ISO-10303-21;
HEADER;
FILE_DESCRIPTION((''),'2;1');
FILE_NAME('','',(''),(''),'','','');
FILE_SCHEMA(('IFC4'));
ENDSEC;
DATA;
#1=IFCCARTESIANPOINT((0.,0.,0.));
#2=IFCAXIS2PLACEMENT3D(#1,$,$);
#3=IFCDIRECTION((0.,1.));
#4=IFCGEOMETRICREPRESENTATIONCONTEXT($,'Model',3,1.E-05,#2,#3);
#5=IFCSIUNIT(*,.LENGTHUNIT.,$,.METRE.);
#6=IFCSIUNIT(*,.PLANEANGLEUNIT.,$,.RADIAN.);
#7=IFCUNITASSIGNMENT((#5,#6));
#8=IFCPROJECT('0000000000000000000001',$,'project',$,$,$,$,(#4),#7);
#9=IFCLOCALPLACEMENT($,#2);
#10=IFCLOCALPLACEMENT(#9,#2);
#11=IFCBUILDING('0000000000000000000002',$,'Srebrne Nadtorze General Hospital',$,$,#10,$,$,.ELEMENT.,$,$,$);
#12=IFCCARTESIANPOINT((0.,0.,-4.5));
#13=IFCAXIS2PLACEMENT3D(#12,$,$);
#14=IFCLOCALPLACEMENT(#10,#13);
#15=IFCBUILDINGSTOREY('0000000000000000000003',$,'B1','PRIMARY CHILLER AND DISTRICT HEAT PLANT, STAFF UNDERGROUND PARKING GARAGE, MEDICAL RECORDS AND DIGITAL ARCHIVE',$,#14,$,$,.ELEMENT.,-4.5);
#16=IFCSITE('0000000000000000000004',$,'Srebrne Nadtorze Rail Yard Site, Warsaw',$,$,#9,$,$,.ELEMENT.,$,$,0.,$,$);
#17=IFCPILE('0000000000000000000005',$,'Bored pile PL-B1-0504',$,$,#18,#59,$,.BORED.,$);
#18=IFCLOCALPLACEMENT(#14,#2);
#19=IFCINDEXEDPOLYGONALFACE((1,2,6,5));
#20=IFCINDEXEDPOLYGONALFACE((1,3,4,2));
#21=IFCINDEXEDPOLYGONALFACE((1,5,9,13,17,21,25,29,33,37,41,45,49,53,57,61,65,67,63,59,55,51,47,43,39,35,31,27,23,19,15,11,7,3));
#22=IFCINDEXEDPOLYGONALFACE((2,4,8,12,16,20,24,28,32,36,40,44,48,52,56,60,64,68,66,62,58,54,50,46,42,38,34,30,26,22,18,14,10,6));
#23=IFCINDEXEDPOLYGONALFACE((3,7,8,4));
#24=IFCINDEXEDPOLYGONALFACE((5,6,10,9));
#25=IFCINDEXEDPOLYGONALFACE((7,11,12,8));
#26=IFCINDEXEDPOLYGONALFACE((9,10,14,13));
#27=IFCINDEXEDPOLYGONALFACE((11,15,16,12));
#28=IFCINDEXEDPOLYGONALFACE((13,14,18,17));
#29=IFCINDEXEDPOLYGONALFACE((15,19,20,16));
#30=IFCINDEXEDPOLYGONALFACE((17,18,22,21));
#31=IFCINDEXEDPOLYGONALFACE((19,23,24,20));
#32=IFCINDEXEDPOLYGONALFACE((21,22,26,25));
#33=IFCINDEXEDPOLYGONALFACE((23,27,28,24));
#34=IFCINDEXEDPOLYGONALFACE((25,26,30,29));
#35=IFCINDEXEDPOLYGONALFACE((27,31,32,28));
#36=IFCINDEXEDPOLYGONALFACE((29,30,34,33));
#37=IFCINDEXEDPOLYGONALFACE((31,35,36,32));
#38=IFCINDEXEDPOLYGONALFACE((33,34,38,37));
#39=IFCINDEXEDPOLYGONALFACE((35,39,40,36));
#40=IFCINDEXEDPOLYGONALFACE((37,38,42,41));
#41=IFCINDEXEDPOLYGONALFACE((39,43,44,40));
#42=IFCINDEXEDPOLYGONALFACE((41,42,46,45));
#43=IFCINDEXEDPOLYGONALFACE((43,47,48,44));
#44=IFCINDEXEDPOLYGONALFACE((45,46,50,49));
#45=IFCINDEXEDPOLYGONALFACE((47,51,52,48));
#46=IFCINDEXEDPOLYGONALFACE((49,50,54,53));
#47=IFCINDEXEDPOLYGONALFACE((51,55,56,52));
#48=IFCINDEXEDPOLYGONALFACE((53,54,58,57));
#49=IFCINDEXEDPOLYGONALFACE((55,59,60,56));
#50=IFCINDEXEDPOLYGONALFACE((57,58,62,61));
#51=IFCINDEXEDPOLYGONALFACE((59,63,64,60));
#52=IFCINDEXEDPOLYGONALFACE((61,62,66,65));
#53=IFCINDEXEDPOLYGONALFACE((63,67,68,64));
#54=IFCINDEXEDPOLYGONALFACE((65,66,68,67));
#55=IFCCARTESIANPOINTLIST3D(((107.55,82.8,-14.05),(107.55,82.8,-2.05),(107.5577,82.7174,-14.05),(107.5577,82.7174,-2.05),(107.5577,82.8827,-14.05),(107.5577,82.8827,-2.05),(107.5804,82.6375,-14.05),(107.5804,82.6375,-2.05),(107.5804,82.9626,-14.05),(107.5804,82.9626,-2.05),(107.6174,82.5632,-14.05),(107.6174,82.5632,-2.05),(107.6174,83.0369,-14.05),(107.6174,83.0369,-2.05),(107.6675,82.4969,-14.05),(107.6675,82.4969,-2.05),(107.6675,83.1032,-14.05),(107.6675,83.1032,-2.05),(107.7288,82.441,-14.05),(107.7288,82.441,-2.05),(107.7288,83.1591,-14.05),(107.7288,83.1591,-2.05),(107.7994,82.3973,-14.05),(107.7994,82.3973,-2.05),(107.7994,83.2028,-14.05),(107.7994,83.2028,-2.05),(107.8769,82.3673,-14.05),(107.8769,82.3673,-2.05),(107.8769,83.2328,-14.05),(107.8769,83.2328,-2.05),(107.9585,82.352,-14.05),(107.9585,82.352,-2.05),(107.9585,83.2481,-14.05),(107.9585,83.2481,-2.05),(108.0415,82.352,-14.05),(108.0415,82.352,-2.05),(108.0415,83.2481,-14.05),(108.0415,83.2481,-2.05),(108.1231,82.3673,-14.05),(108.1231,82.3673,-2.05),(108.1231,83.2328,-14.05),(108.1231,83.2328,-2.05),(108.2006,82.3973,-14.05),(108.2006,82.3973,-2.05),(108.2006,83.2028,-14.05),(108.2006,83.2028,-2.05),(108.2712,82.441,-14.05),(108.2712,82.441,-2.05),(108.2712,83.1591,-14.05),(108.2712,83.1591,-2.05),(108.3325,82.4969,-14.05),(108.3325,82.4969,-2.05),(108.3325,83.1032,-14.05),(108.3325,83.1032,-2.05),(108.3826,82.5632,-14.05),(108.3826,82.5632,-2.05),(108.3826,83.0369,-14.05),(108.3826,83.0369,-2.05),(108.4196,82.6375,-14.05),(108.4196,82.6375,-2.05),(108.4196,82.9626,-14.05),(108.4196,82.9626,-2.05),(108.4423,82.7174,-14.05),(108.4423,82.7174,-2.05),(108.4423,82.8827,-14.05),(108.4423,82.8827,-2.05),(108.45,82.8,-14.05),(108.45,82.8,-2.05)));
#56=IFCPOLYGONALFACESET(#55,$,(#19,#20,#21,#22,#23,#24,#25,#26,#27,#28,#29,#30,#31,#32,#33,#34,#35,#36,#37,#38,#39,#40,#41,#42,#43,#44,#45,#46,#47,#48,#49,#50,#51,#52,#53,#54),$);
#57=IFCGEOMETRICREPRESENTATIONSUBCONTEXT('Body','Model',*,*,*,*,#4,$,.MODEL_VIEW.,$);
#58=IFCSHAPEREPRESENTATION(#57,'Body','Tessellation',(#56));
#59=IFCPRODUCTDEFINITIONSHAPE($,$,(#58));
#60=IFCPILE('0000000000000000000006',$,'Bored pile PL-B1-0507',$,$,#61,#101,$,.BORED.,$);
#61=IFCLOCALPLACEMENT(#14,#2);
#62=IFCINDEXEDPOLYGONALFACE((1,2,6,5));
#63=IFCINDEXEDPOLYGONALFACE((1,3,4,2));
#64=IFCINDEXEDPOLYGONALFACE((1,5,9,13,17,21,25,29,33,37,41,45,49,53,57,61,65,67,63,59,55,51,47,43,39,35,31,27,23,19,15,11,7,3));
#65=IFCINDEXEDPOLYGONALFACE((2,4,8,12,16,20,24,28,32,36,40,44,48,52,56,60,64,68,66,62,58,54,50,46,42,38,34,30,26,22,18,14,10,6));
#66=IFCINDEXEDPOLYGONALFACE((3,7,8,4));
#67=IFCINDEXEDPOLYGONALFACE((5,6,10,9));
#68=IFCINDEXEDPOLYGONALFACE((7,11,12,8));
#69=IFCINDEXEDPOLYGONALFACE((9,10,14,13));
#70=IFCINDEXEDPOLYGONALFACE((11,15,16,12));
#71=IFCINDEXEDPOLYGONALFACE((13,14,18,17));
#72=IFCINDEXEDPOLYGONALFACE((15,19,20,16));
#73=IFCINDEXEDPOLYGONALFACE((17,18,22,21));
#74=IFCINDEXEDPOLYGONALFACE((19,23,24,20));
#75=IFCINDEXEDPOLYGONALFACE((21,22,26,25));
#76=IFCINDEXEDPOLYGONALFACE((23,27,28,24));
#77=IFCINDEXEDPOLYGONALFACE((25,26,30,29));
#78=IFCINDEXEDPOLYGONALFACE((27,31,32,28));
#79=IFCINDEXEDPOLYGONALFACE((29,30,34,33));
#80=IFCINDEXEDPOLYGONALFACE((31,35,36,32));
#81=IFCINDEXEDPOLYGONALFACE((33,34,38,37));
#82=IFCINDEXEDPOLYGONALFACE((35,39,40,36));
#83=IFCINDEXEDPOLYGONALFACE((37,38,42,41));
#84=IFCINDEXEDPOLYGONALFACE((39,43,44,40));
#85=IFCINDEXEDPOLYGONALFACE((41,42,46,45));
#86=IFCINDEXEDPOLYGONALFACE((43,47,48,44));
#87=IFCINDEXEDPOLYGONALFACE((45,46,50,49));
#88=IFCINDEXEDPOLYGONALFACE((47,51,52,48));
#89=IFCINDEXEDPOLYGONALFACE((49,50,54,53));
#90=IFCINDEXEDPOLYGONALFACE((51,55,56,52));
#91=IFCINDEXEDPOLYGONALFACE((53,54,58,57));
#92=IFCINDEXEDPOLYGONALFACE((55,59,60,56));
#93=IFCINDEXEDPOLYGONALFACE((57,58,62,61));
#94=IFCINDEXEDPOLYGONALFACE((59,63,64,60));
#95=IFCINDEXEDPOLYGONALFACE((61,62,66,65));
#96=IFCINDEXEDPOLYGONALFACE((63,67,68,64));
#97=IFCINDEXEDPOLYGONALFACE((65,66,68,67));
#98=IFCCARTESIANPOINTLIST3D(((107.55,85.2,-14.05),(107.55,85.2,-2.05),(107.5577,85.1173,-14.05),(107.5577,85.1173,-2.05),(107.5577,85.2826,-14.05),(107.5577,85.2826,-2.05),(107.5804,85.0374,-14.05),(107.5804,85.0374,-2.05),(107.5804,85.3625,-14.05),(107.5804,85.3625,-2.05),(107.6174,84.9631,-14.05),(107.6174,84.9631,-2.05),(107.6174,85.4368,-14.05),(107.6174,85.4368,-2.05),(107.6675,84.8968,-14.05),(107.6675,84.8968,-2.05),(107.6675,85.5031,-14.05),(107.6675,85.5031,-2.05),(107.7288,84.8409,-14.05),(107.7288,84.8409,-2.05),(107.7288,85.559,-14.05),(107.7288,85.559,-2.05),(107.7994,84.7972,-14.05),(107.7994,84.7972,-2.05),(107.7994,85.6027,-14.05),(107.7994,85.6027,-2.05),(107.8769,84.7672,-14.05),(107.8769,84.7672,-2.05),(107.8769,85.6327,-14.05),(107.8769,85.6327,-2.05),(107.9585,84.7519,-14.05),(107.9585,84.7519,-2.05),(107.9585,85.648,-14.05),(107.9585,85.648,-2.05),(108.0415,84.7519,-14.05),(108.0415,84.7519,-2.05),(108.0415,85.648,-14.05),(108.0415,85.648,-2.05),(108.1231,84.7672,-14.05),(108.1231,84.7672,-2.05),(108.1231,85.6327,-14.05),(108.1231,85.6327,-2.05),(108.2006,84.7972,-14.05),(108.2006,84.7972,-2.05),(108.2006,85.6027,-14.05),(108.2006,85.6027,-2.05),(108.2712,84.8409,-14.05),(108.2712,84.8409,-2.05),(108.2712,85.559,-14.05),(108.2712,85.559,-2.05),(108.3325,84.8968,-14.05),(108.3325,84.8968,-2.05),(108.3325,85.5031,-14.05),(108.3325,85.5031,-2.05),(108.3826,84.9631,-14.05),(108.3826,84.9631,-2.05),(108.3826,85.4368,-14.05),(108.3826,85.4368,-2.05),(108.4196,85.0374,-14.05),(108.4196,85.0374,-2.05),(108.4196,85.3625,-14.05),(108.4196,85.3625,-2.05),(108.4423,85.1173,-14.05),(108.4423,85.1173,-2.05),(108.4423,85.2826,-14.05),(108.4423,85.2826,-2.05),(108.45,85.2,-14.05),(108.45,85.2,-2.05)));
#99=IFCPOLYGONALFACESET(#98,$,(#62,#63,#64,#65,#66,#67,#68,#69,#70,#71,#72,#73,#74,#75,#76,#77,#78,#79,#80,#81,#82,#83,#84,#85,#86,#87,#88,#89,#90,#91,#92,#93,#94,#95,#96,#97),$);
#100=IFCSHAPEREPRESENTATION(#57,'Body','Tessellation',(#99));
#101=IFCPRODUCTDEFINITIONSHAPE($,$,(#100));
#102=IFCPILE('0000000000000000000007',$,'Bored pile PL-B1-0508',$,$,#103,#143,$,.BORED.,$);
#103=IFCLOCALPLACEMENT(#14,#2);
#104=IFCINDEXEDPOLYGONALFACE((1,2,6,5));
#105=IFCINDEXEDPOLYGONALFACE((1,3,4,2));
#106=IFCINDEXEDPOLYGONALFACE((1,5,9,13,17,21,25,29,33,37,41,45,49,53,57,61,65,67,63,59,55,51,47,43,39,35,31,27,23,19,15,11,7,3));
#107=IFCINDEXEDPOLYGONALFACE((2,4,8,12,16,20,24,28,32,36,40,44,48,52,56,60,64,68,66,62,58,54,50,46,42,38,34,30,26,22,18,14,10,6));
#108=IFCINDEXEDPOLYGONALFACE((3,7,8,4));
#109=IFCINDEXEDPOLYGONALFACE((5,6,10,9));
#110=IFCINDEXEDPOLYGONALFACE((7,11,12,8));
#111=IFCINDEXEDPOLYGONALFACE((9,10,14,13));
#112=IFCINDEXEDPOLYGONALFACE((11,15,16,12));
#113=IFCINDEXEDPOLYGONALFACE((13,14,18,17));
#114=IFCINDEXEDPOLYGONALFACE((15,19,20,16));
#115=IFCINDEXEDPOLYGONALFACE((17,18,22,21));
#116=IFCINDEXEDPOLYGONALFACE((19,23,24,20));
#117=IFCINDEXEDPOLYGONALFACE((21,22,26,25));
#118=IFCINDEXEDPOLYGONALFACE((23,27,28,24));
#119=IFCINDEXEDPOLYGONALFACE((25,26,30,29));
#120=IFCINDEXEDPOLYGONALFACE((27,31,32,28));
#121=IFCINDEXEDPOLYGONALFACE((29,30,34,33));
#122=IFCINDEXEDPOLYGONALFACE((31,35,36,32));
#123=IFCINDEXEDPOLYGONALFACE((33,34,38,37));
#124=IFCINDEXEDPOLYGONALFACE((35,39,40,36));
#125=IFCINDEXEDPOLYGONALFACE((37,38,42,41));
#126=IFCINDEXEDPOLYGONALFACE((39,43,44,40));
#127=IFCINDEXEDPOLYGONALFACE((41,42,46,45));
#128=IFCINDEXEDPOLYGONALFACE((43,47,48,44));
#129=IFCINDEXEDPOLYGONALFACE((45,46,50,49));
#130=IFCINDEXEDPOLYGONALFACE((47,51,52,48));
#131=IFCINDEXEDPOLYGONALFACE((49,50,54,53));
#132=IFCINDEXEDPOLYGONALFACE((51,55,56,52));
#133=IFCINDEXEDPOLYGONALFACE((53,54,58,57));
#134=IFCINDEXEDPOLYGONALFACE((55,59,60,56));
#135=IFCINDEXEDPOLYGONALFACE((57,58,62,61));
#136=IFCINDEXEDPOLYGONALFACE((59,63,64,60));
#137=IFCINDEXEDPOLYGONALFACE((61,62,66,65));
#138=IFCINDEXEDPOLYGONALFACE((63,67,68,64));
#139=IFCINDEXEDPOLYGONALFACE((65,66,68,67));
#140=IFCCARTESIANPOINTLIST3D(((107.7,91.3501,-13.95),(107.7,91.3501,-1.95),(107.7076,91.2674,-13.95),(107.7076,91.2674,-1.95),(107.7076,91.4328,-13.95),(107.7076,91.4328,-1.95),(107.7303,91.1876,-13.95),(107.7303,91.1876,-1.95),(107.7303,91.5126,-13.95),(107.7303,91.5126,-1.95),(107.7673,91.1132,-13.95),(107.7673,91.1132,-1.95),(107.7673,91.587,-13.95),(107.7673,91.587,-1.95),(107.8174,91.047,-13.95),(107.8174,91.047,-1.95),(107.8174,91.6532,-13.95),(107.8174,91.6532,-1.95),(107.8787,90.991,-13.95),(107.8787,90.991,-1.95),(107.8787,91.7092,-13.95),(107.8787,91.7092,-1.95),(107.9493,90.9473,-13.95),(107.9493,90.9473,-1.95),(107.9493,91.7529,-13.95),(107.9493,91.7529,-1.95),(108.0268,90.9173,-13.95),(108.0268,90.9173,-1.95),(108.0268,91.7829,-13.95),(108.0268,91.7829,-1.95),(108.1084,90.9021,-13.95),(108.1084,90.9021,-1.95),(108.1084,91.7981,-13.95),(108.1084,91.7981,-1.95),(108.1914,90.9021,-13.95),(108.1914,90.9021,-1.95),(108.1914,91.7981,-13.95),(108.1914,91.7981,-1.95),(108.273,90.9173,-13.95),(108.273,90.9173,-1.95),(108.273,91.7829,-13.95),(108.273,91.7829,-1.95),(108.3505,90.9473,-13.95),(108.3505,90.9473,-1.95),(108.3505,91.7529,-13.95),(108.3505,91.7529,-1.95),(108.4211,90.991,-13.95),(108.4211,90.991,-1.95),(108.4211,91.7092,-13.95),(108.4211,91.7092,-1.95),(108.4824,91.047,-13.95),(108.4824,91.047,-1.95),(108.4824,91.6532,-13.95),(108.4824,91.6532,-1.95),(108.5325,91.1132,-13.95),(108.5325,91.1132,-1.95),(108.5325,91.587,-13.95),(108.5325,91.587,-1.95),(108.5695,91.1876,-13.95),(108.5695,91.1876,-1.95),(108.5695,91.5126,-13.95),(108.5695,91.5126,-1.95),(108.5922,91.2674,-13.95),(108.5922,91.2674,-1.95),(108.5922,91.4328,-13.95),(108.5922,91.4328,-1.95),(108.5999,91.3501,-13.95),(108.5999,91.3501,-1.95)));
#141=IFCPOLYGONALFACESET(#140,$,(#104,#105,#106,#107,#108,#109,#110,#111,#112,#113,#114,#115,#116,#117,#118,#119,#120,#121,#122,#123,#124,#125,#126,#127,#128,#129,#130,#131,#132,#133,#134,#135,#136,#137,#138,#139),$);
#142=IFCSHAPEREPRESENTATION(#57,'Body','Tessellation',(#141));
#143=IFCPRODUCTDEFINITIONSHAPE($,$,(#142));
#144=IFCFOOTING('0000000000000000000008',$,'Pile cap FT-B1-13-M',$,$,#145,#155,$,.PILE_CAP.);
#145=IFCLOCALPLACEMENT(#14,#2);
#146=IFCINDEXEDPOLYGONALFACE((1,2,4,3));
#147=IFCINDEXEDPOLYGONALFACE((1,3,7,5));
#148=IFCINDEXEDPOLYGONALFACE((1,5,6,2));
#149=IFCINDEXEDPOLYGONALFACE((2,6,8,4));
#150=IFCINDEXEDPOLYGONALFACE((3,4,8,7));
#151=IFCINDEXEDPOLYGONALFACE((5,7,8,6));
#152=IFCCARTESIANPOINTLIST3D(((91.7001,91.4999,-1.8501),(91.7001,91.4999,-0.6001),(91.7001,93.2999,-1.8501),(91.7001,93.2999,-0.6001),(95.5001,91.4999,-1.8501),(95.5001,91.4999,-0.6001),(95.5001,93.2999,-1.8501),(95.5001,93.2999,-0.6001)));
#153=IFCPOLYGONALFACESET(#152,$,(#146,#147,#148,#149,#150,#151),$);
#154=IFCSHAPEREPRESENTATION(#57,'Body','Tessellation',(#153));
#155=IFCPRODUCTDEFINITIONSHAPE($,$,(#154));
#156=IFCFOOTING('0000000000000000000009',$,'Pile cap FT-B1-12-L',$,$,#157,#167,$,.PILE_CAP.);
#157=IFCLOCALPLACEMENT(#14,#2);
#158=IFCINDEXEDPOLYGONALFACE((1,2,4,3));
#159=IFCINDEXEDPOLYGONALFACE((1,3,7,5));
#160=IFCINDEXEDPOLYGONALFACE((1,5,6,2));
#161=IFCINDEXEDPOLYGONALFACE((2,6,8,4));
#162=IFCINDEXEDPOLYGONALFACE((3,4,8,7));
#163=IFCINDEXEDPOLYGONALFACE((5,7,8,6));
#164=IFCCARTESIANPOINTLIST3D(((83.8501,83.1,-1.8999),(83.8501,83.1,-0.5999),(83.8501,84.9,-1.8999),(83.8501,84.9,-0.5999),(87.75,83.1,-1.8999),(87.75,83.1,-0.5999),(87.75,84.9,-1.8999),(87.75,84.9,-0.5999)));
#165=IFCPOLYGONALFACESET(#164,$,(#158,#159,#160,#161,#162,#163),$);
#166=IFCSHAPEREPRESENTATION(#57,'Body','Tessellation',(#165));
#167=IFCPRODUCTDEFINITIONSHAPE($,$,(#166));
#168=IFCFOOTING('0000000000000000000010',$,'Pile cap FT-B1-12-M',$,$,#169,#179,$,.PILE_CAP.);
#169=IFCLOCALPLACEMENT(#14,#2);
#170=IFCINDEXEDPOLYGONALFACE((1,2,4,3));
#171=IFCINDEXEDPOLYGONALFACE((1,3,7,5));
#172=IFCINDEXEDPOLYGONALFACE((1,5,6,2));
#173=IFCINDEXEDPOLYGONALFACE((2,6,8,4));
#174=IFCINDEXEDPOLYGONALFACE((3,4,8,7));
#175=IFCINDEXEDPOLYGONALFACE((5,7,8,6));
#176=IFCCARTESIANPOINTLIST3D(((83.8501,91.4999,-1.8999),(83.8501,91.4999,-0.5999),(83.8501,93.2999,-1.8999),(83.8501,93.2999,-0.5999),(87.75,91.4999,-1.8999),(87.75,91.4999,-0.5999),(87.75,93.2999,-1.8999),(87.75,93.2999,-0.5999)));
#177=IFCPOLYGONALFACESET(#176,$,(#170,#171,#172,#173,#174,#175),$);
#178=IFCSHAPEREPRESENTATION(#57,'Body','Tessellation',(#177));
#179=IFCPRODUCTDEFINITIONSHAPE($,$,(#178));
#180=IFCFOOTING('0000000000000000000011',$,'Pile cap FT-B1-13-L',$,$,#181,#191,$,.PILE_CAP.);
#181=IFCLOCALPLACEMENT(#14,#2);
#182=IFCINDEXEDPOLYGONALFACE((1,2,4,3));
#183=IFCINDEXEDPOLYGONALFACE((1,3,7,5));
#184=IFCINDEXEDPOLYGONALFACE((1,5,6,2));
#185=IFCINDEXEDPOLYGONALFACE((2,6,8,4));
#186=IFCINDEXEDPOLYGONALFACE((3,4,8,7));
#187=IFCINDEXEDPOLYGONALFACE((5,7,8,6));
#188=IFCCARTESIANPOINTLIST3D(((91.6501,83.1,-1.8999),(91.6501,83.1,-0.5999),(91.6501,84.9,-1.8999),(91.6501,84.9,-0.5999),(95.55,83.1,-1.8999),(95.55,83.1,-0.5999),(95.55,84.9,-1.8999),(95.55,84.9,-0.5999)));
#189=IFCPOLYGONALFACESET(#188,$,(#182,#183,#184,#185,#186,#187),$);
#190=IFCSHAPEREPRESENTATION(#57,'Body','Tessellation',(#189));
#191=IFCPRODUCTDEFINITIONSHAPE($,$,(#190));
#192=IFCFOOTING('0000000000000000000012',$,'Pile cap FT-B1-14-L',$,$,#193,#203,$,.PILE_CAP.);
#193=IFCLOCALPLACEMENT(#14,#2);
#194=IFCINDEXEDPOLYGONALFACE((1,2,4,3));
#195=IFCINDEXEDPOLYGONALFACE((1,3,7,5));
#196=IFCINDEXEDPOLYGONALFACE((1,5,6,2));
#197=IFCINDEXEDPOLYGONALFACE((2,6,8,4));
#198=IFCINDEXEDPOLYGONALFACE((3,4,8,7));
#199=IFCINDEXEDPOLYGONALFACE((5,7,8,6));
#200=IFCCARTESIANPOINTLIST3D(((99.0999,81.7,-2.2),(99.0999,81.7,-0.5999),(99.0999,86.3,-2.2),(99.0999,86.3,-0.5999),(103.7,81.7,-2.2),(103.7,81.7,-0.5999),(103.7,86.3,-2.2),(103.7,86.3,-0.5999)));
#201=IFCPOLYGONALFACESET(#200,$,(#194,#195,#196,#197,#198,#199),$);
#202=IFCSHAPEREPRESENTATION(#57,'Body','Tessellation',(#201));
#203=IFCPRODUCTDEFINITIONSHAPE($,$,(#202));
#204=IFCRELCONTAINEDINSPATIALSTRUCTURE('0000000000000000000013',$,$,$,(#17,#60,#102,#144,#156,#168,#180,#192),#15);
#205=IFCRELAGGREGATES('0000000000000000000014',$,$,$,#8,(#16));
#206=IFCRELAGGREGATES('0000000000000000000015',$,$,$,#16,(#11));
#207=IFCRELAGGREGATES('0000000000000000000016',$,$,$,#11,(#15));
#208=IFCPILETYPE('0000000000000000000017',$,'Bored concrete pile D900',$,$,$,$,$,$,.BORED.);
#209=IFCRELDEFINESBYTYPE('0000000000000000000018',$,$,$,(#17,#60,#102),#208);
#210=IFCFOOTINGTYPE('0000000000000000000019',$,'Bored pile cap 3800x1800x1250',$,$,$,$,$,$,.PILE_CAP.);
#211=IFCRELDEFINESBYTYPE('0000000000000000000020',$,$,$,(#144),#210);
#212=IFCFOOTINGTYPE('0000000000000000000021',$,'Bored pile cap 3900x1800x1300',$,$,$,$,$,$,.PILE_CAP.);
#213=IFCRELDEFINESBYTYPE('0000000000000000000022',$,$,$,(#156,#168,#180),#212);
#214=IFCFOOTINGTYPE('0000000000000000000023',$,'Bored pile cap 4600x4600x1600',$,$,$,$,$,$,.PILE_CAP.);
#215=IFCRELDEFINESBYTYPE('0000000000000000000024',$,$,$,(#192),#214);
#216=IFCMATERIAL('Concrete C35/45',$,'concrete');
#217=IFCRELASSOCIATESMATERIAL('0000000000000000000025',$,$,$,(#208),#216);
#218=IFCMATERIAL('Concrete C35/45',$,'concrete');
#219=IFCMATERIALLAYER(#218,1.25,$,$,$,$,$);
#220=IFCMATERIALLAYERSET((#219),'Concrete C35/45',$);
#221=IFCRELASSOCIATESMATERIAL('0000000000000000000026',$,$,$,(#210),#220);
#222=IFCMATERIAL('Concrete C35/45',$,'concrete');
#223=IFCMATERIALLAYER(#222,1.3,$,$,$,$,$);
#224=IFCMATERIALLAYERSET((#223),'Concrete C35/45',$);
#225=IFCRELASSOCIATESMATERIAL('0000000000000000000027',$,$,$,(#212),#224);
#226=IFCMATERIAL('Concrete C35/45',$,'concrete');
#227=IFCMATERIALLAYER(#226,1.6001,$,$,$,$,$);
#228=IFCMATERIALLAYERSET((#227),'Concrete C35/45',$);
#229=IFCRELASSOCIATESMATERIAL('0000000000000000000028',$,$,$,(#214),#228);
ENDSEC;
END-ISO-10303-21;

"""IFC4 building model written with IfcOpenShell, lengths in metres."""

from ifc_helpers import new_model, si_unit, direction, frame, origin, origin_2d, place, context, subcontext, project, spatial, rectangle, circle, extrude, material, layer, layer_set, material_profile, profile_set, type_object, element, save


model = new_model("IFC4")

# Units and contexts
model_context = context("Model", 3, precision=1e-05, world=origin(), true_north=direction((0.0, 1.0)))
body_context = subcontext(model_context, "Body", "Model", "MODEL_VIEW")
ifc_project = project(units=[si_unit("LENGTHUNIT", "METRE"), si_unit("PLANEANGLEUNIT", "RADIAN")], contexts=[model_context])

# Site, building, storey
site_placement = place(None, origin())
site = spatial("IfcSite", under=ifc_project, at=site_placement, Name="Srebrne Nadtorze Rail Yard Site, Warsaw", CompositionType="ELEMENT", RefElevation=0.0)
building_placement = place(site_placement, origin())
building = spatial("IfcBuilding", under=site, at=building_placement, Name="Srebrne Nadtorze General Hospital", CompositionType="ELEMENT")
storey_placement = place(building_placement, frame((0.0, 0.0, -4.5)))
storey = spatial("IfcBuildingStorey", under=building, at=storey_placement, Name="B1", Description="PRIMARY CHILLER AND DISTRICT HEAT PLANT, STAFF UNDERGROUND PARKING GARAGE, MEDICAL RECORDS AND DIGITAL ARCHIVE", CompositionType="ELEMENT", Elevation=-4.5)

# Piles
ifc_material_1 = material(Name="Concrete C35/45", Category="concrete")
ifc_material_profile_1 = material_profile(ifc_material_1, circle(Radius=0.45, at=origin_2d()), Name="PILE-D900")
ifc_profile_set_1 = profile_set([ifc_material_profile_1], Name="Concrete C35/45")
pile_type_1 = type_object("IfcPileType", Name="Bored concrete pile D900", PredefinedType="BORED", material=ifc_profile_set_1)
for number, where, z_axis, x_axis, name in (
    (1, (108.0, 82.8, -2.05), (0.0, 0.0, -1.0), (1.0, 0.0, 0.0), "Bored pile PL-B1-0504"),
    (2, (108.0, 85.2, -2.05), (0.0, 0.0, -1.0), (1.0, 0.0, 0.0), "Bored pile PL-B1-0507"),
    (3, (108.1499, 91.3501, -1.95), (0.0, 0.0, -1.0), (1.0, 0.0, 0.0), "Bored pile PL-B1-0508"),
):
    element("IfcPile", number, at=place(storey_placement, frame(where, z_axis=z_axis, x_axis=x_axis)), inside=storey, type_object=pile_type_1, Name=name, PredefinedType="BORED", context=body_context, shape_type="SweptSolid", body=[
        extrude(circle(Radius=0.45, at=origin_2d()), origin(), (0.0, 0.0, 1.0), 12.0),
    ])

# Footings
ifc_material_2 = material(Name="Concrete C35/45", Category="concrete")
ifc_layer_1 = layer(ifc_material_2, 1.25)
ifc_layer_set_1 = layer_set([ifc_layer_1], Name="Concrete C35/45")
footing_type_1 = type_object("IfcFootingType", Name="Bored pile cap 3800x1800x1250", PredefinedType="PILE_CAP", material=ifc_layer_set_1)
footing_1_placement = place(storey_placement, frame((93.6001, 92.3999, -1.8501), z_axis=(0.0, 0.0, 1.0), x_axis=(1.0, 0.0, 0.0)))
element("IfcFooting", 4, at=footing_1_placement, inside=storey, type_object=footing_type_1, Name="Pile cap FT-B1-13-M", PredefinedType="PILE_CAP", context=body_context, shape_type="SweptSolid", body=[
    extrude(rectangle(XDim=3.8, YDim=1.8, at=origin_2d()), origin(), (0.0, 0.0, 1.0), 1.25),
])
ifc_material_3 = material(Name="Concrete C35/45", Category="concrete")
ifc_layer_2 = layer(ifc_material_3, 1.3)
ifc_layer_set_2 = layer_set([ifc_layer_2], Name="Concrete C35/45")
footing_type_2 = type_object("IfcFootingType", Name="Bored pile cap 3900x1800x1300", PredefinedType="PILE_CAP", material=ifc_layer_set_2)
for number, where, z_axis, x_axis, name in (
    (5, (85.8, 84.0, -1.8999), (0.0, 0.0, 1.0), (1.0, 0.0, 0.0), "Pile cap FT-B1-12-L"),
    (6, (85.8, 92.3999, -1.8999), (0.0, 0.0, 1.0), (1.0, 0.0, 0.0), "Pile cap FT-B1-12-M"),
    (7, (93.6001, 84.0, -1.8999), (0.0, 0.0, 1.0), (1.0, 0.0, 0.0), "Pile cap FT-B1-13-L"),
):
    element("IfcFooting", number, at=place(storey_placement, frame(where, z_axis=z_axis, x_axis=x_axis)), inside=storey, type_object=footing_type_2, Name=name, PredefinedType="PILE_CAP", context=body_context, shape_type="SweptSolid", body=[
        extrude(rectangle(XDim=3.8999, YDim=1.8, at=origin_2d()), origin(), (0.0, 0.0, 1.0), 1.3),
    ])
ifc_material_4 = material(Name="Concrete C35/45", Category="concrete")
ifc_layer_3 = layer(ifc_material_4, 1.6001)
ifc_layer_set_3 = layer_set([ifc_layer_3], Name="Concrete C35/45")
footing_type_3 = type_object("IfcFootingType", Name="Bored pile cap 4600x4600x1600", PredefinedType="PILE_CAP", material=ifc_layer_set_3)
footing_2_placement = place(storey_placement, frame((101.3999, 84.0, -2.2), z_axis=(0.0, 0.0, 1.0), x_axis=(1.0, 0.0, 0.0)))
element("IfcFooting", 8, at=footing_2_placement, inside=storey, type_object=footing_type_3, Name="Pile cap FT-B1-14-L", PredefinedType="PILE_CAP", context=body_context, shape_type="SweptSolid", body=[
    extrude(rectangle(XDim=4.6001, YDim=4.6001, at=origin_2d()), origin(), (0.0, 0.0, 1.0), 1.6001),
])

save(model, "model.ifc")
